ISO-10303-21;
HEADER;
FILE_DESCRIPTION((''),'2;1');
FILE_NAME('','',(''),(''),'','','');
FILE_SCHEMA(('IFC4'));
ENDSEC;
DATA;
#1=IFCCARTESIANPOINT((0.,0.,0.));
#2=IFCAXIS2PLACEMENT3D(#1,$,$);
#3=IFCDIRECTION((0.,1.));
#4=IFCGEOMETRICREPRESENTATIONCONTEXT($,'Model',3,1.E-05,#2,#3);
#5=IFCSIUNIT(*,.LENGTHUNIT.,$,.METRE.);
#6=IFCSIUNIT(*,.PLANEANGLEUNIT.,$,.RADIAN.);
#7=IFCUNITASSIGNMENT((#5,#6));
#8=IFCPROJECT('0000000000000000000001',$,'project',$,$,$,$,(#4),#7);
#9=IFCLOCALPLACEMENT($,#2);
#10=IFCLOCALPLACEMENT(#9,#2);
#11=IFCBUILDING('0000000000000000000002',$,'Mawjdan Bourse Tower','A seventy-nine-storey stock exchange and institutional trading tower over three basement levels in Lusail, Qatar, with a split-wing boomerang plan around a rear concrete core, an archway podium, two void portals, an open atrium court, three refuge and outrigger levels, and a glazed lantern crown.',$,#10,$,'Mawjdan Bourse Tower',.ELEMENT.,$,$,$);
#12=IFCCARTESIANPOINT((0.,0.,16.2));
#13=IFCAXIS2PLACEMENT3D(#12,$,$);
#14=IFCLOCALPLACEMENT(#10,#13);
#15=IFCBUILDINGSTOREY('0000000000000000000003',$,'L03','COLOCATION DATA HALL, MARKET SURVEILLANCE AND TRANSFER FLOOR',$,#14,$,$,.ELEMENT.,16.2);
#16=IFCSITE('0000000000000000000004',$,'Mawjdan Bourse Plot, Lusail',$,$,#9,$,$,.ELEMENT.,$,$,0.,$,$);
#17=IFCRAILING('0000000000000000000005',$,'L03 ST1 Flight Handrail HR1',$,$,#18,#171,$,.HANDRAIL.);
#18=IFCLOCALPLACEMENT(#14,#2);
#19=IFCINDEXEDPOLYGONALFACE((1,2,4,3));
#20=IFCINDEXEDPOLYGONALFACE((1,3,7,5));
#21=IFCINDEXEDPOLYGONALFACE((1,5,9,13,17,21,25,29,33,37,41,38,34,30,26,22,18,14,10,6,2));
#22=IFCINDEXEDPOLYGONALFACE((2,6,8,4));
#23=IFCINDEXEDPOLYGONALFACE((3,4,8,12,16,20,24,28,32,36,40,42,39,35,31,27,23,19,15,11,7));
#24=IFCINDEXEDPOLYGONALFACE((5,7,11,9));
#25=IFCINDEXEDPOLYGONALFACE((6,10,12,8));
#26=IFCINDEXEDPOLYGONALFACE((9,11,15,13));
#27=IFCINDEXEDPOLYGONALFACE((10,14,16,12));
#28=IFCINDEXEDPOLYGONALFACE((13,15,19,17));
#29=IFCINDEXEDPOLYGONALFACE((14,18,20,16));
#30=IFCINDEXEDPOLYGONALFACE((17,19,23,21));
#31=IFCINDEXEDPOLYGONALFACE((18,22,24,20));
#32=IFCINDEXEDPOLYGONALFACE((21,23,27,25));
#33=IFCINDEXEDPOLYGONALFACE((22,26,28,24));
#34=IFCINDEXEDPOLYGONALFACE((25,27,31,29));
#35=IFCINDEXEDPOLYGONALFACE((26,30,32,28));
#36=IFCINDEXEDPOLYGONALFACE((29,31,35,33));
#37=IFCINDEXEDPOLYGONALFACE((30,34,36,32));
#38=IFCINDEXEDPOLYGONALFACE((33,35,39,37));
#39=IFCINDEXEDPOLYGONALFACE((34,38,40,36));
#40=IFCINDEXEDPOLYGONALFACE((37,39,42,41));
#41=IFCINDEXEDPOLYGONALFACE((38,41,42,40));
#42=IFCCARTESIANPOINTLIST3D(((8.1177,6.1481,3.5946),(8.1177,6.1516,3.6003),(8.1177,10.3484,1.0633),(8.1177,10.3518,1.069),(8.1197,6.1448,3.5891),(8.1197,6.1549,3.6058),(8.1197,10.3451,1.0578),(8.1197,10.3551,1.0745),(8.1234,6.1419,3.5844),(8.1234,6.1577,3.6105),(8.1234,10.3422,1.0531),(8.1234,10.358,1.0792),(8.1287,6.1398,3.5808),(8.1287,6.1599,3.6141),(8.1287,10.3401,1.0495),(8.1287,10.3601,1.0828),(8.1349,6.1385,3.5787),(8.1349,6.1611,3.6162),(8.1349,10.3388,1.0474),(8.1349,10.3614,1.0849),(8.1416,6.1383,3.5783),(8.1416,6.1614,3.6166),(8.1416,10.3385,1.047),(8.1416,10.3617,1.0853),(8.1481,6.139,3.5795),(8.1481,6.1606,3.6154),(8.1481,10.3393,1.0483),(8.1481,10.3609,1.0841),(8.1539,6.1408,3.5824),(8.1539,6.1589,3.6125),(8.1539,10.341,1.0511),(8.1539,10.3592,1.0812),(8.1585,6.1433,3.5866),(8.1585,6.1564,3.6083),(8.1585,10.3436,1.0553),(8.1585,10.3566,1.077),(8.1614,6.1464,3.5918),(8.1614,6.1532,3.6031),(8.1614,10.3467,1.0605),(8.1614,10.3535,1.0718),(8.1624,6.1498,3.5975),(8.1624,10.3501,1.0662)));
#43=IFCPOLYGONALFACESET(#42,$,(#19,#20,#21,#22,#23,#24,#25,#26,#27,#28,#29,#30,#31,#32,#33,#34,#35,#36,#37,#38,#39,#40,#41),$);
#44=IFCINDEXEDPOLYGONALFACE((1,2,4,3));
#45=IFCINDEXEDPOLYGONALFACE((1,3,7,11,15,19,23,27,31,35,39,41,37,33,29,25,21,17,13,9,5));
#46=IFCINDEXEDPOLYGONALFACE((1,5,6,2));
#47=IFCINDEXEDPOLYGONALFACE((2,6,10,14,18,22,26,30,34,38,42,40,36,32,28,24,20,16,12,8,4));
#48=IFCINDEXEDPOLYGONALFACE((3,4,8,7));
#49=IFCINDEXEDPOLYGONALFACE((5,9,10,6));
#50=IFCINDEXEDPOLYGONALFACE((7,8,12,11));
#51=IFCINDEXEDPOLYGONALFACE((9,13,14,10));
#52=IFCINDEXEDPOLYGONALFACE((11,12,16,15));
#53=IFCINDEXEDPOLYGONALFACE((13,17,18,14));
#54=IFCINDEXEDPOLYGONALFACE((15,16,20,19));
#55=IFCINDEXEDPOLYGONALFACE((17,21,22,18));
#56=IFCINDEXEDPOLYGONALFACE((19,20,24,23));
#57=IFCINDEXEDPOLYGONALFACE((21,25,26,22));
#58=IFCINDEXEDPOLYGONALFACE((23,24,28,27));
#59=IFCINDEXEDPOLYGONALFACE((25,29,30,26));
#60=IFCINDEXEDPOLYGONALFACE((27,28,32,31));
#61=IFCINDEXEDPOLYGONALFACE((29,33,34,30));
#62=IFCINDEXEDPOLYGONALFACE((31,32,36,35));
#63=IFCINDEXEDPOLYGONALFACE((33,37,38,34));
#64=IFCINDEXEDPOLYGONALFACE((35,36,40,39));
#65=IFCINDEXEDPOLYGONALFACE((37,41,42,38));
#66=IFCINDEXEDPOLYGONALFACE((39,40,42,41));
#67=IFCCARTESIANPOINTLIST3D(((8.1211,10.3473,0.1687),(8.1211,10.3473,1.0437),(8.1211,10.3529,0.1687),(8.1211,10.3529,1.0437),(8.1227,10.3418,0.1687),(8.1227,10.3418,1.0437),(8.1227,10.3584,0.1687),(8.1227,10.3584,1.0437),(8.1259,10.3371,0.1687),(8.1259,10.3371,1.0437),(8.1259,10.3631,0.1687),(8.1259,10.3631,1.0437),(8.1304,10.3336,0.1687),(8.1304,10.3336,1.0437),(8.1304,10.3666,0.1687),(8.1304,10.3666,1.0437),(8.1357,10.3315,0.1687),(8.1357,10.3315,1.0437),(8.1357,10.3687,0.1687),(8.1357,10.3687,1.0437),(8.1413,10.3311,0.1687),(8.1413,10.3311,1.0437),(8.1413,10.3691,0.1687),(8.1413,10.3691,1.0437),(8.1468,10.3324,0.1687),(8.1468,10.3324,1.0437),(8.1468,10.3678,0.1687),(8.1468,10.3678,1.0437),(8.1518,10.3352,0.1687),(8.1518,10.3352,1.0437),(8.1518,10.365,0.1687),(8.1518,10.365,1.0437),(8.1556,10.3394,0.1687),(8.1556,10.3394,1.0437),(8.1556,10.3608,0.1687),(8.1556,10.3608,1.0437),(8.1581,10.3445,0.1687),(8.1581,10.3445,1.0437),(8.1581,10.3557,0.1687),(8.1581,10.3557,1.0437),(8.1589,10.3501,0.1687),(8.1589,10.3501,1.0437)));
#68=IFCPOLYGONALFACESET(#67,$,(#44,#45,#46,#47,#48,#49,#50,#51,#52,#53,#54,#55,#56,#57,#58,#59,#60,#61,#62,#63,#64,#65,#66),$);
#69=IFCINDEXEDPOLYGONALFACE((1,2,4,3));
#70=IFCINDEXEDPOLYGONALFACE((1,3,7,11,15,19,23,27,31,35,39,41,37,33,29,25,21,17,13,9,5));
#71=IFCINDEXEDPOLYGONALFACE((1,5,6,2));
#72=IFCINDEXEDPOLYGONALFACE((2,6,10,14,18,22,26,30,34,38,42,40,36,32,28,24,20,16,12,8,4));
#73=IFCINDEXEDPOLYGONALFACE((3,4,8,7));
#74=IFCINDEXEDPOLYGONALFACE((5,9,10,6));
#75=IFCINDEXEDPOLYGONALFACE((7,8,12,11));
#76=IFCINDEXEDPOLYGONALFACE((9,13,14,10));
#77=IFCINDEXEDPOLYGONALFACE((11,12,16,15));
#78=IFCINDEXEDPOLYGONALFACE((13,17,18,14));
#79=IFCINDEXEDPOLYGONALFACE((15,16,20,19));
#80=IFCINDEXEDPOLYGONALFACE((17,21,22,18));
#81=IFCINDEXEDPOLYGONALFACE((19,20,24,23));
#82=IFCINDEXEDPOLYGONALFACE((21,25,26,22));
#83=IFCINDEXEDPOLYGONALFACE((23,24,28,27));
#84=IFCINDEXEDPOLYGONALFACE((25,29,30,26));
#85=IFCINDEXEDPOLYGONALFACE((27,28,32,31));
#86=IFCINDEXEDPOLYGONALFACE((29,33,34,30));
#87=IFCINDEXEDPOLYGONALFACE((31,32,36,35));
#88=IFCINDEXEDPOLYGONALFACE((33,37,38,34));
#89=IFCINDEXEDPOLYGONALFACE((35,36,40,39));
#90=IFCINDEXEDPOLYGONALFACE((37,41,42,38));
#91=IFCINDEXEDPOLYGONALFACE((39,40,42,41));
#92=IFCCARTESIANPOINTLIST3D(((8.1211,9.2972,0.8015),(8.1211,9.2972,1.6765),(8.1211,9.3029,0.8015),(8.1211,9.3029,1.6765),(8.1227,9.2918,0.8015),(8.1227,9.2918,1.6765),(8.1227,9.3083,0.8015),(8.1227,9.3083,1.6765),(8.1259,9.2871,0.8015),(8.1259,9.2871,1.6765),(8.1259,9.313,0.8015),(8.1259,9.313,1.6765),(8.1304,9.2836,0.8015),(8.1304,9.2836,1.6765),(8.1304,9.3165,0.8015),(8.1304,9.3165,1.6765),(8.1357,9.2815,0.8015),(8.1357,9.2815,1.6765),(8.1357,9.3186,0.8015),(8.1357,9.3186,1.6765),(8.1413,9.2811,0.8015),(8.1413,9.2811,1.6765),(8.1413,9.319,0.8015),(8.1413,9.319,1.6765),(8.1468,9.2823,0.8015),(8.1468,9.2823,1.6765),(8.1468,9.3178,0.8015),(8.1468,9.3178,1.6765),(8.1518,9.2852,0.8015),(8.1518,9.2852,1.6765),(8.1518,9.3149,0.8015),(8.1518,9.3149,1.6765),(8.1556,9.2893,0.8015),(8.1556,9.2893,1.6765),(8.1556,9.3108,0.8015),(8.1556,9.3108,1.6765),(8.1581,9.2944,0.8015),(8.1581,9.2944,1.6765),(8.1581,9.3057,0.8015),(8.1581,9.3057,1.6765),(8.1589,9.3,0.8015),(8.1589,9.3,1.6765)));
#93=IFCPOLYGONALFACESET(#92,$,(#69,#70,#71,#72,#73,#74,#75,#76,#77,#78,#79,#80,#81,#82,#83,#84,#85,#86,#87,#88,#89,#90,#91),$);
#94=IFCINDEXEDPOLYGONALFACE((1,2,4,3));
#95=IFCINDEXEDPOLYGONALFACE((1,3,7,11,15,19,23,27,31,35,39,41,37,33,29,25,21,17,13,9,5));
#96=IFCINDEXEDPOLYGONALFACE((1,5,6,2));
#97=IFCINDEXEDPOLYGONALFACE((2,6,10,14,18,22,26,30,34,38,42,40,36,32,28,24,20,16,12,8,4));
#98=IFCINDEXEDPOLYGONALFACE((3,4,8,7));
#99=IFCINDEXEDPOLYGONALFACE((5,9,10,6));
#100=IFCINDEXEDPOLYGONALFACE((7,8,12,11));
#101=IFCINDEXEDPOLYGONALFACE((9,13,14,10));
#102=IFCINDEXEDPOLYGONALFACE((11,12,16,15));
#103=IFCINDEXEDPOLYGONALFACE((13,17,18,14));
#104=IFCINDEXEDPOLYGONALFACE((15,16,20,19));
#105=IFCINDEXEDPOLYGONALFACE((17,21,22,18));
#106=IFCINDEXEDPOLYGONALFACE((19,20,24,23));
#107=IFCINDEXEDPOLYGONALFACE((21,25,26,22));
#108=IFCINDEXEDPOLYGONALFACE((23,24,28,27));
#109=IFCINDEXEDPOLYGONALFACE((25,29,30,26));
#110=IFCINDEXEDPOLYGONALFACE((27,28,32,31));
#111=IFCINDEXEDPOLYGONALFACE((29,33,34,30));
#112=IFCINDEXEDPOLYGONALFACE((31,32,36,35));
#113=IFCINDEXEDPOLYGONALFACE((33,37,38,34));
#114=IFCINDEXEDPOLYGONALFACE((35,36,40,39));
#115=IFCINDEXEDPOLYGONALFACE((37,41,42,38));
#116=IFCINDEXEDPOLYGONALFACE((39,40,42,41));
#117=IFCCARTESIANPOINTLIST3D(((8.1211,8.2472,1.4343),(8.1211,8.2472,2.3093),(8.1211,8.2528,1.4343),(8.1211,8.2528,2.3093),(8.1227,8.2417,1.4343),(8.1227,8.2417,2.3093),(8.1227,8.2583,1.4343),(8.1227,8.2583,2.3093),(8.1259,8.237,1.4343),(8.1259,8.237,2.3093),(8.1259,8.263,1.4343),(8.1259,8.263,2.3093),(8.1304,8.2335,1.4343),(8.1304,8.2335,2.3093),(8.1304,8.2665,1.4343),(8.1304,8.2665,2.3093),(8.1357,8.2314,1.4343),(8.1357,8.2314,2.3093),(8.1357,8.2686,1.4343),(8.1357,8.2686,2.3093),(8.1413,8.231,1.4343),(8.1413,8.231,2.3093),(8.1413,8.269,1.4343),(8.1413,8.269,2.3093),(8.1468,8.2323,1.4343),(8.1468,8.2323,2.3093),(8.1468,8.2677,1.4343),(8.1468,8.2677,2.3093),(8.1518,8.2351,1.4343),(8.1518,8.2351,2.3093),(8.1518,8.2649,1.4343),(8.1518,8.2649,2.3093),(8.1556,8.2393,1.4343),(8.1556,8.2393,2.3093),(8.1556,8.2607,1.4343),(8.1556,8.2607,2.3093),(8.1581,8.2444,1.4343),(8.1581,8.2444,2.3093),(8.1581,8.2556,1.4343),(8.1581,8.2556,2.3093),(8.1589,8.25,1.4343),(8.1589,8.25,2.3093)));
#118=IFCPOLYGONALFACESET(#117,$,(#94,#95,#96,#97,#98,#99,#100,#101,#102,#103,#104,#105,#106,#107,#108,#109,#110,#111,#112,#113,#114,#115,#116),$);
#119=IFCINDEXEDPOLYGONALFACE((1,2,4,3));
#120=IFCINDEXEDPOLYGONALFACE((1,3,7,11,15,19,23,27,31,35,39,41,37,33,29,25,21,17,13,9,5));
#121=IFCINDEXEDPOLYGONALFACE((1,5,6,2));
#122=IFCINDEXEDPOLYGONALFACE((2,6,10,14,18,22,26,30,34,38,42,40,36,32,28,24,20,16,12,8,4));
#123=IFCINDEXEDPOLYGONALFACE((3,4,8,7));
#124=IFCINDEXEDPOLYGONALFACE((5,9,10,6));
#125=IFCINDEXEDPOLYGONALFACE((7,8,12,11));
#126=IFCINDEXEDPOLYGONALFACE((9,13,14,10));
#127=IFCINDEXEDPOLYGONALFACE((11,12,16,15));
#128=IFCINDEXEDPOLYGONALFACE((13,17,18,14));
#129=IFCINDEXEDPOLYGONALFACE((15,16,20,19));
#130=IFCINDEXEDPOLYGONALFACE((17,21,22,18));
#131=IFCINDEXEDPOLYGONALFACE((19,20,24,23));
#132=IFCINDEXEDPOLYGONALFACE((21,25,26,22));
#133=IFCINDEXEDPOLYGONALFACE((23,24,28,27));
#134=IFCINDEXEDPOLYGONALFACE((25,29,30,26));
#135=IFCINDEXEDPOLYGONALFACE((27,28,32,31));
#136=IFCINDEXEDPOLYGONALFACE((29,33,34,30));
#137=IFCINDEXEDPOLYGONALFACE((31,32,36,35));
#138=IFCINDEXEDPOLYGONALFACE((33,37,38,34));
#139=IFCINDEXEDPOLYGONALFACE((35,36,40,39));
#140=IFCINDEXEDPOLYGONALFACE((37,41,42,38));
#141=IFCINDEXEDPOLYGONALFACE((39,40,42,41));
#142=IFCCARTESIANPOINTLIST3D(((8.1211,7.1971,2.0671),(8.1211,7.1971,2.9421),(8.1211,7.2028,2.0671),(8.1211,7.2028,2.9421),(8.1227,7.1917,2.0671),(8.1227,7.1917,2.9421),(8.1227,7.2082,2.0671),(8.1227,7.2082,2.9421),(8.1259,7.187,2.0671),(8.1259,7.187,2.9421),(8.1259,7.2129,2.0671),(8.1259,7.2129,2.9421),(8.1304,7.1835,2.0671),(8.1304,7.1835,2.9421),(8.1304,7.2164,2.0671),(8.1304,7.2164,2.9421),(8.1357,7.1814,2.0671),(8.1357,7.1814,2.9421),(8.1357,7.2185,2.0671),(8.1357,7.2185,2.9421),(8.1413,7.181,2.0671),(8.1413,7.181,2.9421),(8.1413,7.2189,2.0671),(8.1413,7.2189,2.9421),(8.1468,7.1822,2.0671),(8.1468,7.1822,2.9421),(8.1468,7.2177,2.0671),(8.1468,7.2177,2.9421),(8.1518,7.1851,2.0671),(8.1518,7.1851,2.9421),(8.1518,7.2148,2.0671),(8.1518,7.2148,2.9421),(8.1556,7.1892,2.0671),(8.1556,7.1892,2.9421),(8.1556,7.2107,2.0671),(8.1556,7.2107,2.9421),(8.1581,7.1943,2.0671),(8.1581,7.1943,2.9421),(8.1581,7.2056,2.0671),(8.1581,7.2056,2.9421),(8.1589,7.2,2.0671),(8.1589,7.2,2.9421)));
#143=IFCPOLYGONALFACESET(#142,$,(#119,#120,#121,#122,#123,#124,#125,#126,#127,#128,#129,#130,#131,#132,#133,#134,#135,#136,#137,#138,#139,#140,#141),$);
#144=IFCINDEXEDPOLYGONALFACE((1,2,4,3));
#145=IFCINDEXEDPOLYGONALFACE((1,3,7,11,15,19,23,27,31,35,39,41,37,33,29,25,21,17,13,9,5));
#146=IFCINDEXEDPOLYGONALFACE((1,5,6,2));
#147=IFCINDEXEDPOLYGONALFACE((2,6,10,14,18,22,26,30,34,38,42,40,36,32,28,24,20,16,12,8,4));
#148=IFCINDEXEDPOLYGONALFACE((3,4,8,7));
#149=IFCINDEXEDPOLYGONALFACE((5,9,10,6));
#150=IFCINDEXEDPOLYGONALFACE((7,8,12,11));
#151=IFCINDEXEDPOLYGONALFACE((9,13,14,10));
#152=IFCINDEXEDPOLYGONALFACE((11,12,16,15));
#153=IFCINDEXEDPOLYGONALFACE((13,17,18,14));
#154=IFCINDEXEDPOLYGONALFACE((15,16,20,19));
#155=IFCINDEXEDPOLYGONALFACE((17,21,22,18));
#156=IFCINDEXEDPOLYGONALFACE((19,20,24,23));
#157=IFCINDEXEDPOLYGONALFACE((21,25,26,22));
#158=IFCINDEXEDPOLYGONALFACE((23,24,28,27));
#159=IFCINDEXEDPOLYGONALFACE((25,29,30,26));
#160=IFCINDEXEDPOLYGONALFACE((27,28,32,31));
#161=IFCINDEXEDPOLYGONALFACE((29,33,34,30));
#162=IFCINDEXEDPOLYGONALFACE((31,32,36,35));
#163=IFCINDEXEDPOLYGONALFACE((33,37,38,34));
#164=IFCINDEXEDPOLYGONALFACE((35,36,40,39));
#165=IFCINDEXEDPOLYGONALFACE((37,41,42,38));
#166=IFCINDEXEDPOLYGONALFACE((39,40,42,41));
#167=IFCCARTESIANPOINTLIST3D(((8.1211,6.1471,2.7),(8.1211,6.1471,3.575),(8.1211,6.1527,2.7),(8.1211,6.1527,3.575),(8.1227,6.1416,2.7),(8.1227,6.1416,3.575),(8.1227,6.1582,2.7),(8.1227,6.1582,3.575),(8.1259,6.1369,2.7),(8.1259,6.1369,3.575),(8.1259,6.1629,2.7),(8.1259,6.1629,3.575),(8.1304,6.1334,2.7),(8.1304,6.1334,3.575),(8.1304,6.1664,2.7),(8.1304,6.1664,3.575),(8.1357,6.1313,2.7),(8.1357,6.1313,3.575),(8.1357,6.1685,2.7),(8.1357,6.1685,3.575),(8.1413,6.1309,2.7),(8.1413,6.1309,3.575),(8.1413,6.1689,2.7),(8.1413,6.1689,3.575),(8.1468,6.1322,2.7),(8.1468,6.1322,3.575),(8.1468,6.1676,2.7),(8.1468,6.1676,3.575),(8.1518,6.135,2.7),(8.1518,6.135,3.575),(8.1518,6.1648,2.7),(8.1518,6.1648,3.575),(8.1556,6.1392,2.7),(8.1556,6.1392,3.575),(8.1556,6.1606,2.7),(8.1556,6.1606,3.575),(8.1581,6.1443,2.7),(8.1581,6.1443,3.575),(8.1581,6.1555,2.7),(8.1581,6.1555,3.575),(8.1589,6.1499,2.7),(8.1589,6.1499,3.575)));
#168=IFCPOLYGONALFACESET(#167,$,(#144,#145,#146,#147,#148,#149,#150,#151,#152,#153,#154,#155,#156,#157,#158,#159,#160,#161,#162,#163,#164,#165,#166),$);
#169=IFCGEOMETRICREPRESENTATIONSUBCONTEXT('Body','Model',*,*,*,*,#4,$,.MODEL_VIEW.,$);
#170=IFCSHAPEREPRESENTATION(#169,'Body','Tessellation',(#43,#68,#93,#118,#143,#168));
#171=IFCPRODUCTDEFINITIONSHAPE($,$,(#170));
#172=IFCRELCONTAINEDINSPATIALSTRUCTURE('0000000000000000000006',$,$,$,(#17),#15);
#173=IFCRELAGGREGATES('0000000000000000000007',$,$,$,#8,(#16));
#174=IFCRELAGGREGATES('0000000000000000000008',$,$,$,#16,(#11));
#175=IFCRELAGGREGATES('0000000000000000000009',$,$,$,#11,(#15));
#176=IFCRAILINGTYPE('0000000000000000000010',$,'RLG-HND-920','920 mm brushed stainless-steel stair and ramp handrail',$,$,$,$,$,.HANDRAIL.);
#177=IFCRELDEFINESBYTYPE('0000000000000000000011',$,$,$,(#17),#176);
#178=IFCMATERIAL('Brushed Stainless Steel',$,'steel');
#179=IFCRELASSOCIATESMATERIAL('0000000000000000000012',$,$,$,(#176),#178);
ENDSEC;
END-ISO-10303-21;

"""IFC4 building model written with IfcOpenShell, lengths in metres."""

from ifc_helpers import new_model, si_unit, direction, frame, origin, origin_2d, place, context, subcontext, project, spatial, circle, extrude, material, type_object, element, save


model = new_model("IFC4")

# Units and contexts
model_context = context("Model", 3, precision=1e-05, world=origin(), true_north=direction((0.0, 1.0)))
body_context = subcontext(model_context, "Body", "Model", "MODEL_VIEW")
ifc_project = project(units=[si_unit("LENGTHUNIT", "METRE"), si_unit("PLANEANGLEUNIT", "RADIAN")], contexts=[model_context])

# Site, building, storey
site_placement = place(None, origin())
site = spatial("IfcSite", under=ifc_project, at=site_placement, Name="Mawjdan Bourse Plot, Lusail", CompositionType="ELEMENT", RefElevation=0.0)
building_placement = place(site_placement, origin())
building = spatial("IfcBuilding", under=site, at=building_placement, Name="Mawjdan Bourse Tower", Description="A seventy-nine-storey stock exchange and institutional trading tower over three basement levels in Lusail, Qatar, with a split-wing boomerang plan around a rear concrete core, an archway podium, two void portals, an open atrium court, three refuge and outrigger levels, and a glazed lantern crown.", LongName="Mawjdan Bourse Tower", CompositionType="ELEMENT")
storey_placement = place(building_placement, frame((0.0, 0.0, 16.2)))
storey = spatial("IfcBuildingStorey", under=building, at=storey_placement, Name="L03", Description="COLOCATION DATA HALL, MARKET SURVEILLANCE AND TRANSFER FLOOR", CompositionType="ELEMENT", Elevation=16.2)

# Railing
ifc_material_1 = material(Name="Brushed Stainless Steel", Category="steel")
railing_type_1 = type_object("IfcRailingType", Name="RLG-HND-920", Description="920 mm brushed stainless-steel stair and ramp handrail", PredefinedType="HANDRAIL", material=ifc_material_1)
railing_1_placement = place(storey_placement, frame((8.1399, 10.3501, 0.1687)))
element("IfcRailing", 1, at=railing_1_placement, inside=storey, type_object=railing_type_1, Name="L03 ST1 Flight Handrail HR1", PredefinedType="HANDRAIL", context=body_context, shape_type="SweptSolid", body=[
    extrude(circle(Radius=0.0225, at=origin_2d()), frame((0.0, 0.0, 0.8975), z_axis=(0.0, -0.85649, 0.516164), x_axis=(1.0, 0.0, 0.0)), (0.0, 0.0, 1.0), 4.9041),
    extrude(circle(Radius=0.019, at=origin_2d()), origin(), (0.0, 0.0, 1.0), 0.875),
    extrude(circle(Radius=0.019, at=origin_2d()), frame((0.0, -1.05, 0.6328)), (0.0, 0.0, 1.0), 0.875),
    extrude(circle(Radius=0.019, at=origin_2d()), frame((0.0, -2.1001, 1.2656)), (0.0, 0.0, 1.0), 0.875),
    extrude(circle(Radius=0.019, at=origin_2d()), frame((0.0, -3.1501, 1.8984)), (0.0, 0.0, 1.0), 0.875),
    extrude(circle(Radius=0.019, at=origin_2d()), frame((0.0, -4.2002, 2.5312)), (0.0, 0.0, 1.0), 0.875),
])

save(model, "model.ifc")
